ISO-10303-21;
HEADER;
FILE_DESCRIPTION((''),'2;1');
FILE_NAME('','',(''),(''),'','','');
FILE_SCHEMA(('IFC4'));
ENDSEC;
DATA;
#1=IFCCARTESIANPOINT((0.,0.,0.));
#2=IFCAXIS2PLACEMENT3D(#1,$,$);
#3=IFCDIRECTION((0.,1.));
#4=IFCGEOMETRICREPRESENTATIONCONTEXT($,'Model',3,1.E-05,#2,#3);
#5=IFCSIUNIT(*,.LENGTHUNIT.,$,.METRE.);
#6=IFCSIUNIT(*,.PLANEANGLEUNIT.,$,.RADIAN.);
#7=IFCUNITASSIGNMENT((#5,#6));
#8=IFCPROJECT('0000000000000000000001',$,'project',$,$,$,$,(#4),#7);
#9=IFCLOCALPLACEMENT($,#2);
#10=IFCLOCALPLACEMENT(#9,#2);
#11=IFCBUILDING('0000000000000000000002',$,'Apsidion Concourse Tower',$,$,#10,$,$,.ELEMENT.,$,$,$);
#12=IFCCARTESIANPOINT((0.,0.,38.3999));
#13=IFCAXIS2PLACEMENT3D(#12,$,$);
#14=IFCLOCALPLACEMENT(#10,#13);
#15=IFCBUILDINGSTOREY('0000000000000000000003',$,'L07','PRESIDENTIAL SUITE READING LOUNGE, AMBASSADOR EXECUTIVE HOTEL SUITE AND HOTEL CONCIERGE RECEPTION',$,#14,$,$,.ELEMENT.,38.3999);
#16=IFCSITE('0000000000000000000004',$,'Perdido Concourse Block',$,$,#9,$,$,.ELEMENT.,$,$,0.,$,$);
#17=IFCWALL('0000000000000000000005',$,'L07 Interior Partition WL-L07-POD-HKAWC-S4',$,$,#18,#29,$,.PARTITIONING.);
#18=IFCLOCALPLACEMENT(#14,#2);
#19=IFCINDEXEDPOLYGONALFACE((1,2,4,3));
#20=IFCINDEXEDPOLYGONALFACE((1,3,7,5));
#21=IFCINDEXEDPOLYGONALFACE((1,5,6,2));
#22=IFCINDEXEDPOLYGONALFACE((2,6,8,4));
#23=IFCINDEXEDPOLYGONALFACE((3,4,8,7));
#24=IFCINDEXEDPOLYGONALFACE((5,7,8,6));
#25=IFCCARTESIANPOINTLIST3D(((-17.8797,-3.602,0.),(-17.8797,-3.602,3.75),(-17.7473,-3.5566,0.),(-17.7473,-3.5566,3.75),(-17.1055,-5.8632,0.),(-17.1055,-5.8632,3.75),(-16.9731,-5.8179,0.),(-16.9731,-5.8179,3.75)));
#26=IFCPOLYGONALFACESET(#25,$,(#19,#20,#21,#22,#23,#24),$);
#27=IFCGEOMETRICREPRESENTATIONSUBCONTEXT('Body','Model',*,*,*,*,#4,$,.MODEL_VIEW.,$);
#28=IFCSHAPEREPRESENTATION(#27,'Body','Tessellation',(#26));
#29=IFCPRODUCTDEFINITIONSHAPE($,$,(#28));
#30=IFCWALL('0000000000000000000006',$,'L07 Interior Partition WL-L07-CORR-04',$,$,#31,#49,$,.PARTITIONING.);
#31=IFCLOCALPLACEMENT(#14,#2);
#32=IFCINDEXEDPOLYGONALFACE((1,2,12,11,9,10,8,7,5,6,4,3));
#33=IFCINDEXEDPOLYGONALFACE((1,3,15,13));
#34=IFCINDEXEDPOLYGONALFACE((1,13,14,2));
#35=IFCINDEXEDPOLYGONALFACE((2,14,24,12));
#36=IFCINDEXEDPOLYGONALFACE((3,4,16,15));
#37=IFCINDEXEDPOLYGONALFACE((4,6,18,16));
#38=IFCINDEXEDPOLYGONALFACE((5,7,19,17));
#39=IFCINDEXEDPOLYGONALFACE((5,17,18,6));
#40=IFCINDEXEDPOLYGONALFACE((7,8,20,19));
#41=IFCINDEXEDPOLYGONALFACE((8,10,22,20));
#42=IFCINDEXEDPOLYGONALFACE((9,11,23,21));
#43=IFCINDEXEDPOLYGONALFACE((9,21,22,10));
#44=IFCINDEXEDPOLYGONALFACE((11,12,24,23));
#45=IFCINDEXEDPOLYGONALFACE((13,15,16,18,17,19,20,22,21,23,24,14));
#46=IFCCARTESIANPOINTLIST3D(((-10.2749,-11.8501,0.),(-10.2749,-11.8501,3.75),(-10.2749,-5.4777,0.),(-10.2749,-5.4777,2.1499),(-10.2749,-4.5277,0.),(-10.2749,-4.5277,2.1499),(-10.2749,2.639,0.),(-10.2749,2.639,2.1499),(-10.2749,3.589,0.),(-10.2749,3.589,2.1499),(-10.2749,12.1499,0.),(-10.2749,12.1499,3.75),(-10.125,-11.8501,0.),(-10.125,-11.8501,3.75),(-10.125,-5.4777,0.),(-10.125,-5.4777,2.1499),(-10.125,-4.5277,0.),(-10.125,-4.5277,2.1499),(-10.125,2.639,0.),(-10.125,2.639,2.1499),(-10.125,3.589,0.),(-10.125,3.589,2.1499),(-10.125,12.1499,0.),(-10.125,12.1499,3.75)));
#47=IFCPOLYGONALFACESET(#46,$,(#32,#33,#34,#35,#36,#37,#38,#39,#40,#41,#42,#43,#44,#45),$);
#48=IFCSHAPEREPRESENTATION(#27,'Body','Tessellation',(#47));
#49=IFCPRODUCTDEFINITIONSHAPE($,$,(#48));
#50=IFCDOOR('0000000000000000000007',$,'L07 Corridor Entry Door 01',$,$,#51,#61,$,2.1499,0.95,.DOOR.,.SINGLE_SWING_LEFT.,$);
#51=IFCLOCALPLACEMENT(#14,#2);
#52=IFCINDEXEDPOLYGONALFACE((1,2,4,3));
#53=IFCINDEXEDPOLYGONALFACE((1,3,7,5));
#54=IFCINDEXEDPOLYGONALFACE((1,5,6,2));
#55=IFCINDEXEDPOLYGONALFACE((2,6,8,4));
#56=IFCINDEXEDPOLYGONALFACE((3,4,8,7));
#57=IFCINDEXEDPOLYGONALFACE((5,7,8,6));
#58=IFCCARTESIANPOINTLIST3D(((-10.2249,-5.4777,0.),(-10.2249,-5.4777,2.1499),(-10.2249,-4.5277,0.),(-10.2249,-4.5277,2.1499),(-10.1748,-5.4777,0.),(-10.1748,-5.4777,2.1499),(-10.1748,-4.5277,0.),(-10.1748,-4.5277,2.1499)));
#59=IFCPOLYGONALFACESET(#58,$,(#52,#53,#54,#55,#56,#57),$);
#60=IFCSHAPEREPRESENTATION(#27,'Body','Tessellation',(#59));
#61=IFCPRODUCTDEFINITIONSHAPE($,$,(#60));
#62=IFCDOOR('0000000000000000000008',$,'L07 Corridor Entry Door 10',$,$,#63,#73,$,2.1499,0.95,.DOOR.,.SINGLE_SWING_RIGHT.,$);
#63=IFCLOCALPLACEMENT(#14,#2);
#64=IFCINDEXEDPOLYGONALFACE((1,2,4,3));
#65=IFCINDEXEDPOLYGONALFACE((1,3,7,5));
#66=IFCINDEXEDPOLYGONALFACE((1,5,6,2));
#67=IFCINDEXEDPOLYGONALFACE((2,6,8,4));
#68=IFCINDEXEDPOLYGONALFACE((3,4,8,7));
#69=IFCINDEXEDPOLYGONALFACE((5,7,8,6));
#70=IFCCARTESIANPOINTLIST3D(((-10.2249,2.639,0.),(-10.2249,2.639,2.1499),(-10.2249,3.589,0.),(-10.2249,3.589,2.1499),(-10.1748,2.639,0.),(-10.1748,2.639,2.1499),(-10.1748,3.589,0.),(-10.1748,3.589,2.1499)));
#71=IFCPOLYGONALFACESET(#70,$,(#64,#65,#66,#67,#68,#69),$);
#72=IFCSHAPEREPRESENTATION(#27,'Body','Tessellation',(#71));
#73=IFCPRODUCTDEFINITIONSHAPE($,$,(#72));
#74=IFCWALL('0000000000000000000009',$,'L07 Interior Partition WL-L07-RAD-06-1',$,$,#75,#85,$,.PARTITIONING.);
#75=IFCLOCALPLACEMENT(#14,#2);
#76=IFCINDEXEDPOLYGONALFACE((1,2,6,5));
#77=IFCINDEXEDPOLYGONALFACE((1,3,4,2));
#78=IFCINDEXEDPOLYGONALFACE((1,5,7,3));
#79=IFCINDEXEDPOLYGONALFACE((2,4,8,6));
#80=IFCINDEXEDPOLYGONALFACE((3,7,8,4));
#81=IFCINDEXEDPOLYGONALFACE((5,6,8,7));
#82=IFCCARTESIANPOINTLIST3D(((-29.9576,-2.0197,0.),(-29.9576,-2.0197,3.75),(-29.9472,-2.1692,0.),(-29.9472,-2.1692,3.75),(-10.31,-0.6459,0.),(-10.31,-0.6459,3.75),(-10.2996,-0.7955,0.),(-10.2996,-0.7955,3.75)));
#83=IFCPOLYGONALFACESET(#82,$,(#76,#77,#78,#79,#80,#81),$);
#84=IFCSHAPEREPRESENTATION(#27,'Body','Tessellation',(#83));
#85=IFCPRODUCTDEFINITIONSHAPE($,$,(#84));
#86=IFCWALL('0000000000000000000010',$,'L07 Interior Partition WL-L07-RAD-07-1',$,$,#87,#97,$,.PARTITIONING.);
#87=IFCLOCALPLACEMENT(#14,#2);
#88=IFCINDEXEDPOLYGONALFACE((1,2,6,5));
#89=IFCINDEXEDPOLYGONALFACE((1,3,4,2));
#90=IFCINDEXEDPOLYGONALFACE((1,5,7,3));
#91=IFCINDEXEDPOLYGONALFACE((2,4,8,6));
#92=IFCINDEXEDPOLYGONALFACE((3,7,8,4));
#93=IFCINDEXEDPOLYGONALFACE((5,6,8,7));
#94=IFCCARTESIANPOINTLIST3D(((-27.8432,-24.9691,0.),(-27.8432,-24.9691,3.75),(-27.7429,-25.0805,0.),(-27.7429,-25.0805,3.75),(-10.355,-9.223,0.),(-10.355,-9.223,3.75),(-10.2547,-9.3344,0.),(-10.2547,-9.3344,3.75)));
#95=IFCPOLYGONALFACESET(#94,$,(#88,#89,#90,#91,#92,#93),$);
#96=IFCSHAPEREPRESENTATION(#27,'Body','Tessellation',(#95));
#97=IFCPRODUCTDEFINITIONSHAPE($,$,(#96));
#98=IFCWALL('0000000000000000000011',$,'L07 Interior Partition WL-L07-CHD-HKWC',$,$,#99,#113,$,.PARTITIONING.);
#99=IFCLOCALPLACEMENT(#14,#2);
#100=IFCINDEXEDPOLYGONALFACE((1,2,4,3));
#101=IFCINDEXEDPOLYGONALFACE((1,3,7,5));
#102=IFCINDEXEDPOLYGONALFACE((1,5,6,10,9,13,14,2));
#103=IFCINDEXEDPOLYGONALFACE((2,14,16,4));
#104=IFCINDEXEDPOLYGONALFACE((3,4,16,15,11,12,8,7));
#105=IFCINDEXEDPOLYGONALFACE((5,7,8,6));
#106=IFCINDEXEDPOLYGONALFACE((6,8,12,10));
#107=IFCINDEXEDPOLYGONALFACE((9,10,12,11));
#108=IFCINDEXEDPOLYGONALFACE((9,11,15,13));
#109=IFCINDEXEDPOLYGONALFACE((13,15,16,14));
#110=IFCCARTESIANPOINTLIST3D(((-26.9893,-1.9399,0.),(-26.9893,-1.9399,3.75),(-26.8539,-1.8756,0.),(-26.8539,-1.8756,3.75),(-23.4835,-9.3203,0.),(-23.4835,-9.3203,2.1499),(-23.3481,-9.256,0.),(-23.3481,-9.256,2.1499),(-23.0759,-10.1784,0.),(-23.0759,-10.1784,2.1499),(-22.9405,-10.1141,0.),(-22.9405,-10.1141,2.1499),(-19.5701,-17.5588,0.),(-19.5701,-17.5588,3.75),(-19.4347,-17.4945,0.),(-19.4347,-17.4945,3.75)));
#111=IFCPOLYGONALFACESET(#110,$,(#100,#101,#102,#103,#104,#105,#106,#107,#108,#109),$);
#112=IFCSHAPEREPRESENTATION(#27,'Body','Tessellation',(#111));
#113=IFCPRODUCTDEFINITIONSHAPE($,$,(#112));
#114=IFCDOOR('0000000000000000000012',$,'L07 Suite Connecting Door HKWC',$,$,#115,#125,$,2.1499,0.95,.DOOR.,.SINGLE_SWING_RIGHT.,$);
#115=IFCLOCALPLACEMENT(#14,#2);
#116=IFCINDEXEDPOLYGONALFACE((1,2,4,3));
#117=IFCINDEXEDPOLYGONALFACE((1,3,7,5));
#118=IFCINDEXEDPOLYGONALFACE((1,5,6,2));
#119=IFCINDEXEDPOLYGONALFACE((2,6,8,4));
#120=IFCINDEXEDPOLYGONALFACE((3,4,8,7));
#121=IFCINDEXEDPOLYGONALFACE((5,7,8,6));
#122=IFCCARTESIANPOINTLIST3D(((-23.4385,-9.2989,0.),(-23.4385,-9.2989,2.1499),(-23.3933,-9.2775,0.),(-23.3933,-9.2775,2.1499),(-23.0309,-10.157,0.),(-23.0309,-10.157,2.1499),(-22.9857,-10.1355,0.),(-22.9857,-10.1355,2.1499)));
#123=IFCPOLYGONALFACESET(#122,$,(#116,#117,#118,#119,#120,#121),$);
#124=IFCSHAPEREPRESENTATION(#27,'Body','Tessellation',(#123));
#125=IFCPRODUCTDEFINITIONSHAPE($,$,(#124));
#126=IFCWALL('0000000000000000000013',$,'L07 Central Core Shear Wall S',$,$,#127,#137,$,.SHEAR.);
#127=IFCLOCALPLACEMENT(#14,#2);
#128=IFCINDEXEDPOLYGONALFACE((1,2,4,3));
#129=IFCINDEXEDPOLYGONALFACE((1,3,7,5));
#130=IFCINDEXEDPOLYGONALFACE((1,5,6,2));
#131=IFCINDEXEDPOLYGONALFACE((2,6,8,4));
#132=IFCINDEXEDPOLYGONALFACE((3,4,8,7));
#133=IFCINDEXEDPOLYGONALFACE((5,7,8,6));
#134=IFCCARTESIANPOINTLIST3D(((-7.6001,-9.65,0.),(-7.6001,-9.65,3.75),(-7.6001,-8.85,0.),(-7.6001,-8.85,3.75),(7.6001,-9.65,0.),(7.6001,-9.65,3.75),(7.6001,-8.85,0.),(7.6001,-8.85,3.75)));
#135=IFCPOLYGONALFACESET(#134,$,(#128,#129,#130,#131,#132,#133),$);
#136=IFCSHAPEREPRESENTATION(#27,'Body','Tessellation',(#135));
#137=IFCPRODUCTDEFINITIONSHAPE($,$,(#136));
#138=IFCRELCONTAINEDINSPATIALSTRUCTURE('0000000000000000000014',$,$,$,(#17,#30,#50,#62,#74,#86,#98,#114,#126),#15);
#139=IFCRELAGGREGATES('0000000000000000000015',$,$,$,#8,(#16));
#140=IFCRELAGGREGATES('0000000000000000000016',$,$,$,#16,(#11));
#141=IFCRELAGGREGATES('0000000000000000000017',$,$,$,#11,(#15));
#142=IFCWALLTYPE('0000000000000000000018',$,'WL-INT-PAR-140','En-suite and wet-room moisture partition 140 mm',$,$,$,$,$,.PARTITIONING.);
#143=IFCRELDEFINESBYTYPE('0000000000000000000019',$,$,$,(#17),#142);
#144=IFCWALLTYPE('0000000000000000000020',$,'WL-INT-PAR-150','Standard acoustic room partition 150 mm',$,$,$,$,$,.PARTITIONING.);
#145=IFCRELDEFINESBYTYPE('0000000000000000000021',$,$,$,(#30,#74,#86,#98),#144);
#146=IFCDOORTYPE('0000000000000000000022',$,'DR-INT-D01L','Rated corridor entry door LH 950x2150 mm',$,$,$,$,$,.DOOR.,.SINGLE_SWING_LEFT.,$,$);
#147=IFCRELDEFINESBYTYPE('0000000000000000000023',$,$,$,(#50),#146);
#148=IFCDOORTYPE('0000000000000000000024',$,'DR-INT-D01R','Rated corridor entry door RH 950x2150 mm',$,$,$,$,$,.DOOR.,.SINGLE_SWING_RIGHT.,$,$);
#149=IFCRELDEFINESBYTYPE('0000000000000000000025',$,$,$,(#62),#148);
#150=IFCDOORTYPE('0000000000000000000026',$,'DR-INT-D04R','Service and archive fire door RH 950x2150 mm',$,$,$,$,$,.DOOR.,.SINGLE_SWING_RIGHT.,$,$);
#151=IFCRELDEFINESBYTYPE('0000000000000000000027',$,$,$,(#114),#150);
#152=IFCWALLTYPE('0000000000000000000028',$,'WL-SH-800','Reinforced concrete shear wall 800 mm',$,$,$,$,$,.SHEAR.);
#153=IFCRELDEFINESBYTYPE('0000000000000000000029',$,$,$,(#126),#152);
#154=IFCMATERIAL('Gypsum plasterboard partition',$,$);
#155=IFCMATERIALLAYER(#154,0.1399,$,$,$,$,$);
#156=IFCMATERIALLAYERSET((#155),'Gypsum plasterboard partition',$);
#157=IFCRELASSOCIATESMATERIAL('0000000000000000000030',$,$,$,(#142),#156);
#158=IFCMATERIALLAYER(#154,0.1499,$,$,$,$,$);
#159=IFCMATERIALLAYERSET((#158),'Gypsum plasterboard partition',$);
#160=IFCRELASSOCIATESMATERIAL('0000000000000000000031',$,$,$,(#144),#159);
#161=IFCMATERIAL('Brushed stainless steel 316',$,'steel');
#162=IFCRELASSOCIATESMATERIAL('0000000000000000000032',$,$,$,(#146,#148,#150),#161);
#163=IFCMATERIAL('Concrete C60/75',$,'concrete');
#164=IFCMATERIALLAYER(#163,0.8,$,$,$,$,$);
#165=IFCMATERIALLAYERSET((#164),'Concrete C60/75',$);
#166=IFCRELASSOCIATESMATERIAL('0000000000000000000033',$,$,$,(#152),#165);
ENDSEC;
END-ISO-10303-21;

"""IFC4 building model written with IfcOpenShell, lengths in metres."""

from ifc_helpers import new_model, si_unit, direction, frame, frame_2d, origin, place, context, subcontext, project, spatial, rectangle, extrude, material, layer, layer_set, type_object, element, fill, save


model = new_model("IFC4")

# Units and contexts
model_context = context("Model", 3, precision=1e-05, world=origin(), true_north=direction((0.0, 1.0)))
body_context = subcontext(model_context, "Body", "Model", "MODEL_VIEW")
ifc_project = project(units=[si_unit("LENGTHUNIT", "METRE"), si_unit("PLANEANGLEUNIT", "RADIAN")], contexts=[model_context])

# Site, building, storey
site_placement = place(None, origin())
site = spatial("IfcSite", under=ifc_project, at=site_placement, Name="Perdido Concourse Block", CompositionType="ELEMENT", RefElevation=0.0)
building_placement = place(site_placement, origin())
building = spatial("IfcBuilding", under=site, at=building_placement, Name="Apsidion Concourse Tower", CompositionType="ELEMENT")
storey_placement = place(building_placement, frame((0.0, 0.0, 38.3999)))
storey = spatial("IfcBuildingStorey", under=building, at=storey_placement, Name="L07", Description="PRESIDENTIAL SUITE READING LOUNGE, AMBASSADOR EXECUTIVE HOTEL SUITE AND HOTEL CONCIERGE RECEPTION", CompositionType="ELEMENT", Elevation=38.3999)

# Shared definitions
ifc_material_1 = material(Name="Gypsum plasterboard partition")
ifc_layer_1 = layer(ifc_material_1, 0.1399)
ifc_layer_set_1 = layer_set([ifc_layer_1], Name="Gypsum plasterboard partition")
wall_type_1 = type_object("IfcWallType", Name="WL-INT-PAR-140", Description="En-suite and wet-room moisture partition 140 mm", PredefinedType="PARTITIONING", material=ifc_layer_set_1)

# Wall
wall_1_placement = place(storey_placement, frame((-17.0393, -5.8406, 0.0), z_axis=(0.0, 0.0, 1.0), x_axis=(-0.323909, 0.946088, 0.0)))
element("IfcWall", 1, at=wall_1_placement, inside=storey, type_object=wall_type_1, Name="L07 Interior Partition WL-L07-POD-HKAWC-S4", PredefinedType="PARTITIONING", context=body_context, shape_type="SweptSolid", body=[
    extrude(rectangle(XDim=2.3901, YDim=0.1399, at=frame_2d((1.1951, 0.0))), origin(), (0.0, 0.0, 1.0), 3.75),
])

# Wall, openings, doors
ifc_layer_2 = layer(ifc_material_1, 0.1499)
ifc_layer_set_2 = layer_set([ifc_layer_2], Name="Gypsum plasterboard partition")
wall_type_2 = type_object("IfcWallType", Name="WL-INT-PAR-150", Description="Standard acoustic room partition 150 mm", PredefinedType="PARTITIONING", material=ifc_layer_set_2)
wall_2_placement = place(storey_placement, frame((-10.2, -11.8501, 0.0), z_axis=(0.0, 0.0, 1.0), x_axis=(0.0, 1.0, 0.0)))
wall_2 = element("IfcWall", 2, at=wall_2_placement, inside=storey, type_object=wall_type_2, Name="L07 Interior Partition WL-L07-CORR-04", PredefinedType="PARTITIONING", context=body_context, shape_type="SweptSolid", body=[
    extrude(rectangle(XDim=24.0, YDim=0.1499, at=frame_2d((12.0, 0.0))), origin(), (0.0, 0.0, 1.0), 3.75),
])
opening_1_placement = place(wall_2_placement, frame((6.3723, 0.0, 0.0)))
opening_1 = element("IfcOpeningElement", 3, at=opening_1_placement, cuts=wall_2, PredefinedType="OPENING", context=body_context, shape_type="SweptSolid", body=[
    extrude(rectangle(XDim=0.95, YDim=2.1499, at=frame_2d((0.4751, 1.075))), frame((0.0, 0.085, 0.0), z_axis=(0.0, -1.0, 0.0), x_axis=(1.0, 0.0, 0.0)), (0.0, 0.0, 1.0), 0.1699),
])
opening_2_placement = place(wall_2_placement, frame((14.489, 0.0, 0.0)))
opening_2 = element("IfcOpeningElement", 4, at=opening_2_placement, cuts=wall_2, PredefinedType="OPENING", context=body_context, shape_type="SweptSolid", body=[
    extrude(rectangle(XDim=0.95, YDim=2.1499, at=frame_2d((0.4751, 1.075))), frame((0.0, 0.085, 0.0), z_axis=(0.0, -1.0, 0.0), x_axis=(1.0, 0.0, 0.0)), (0.0, 0.0, 1.0), 0.1699),
])
ifc_material_2 = material(Name="Brushed stainless steel 316", Category="steel")
door_type_1 = type_object("IfcDoorType", Name="DR-INT-D01L", Description="Rated corridor entry door LH 950x2150 mm", OperationType="SINGLE_SWING_LEFT", PredefinedType="DOOR", material=ifc_material_2)
door_1_placement = place(opening_1_placement, origin())
door_1 = element("IfcDoor", 5, at=door_1_placement, inside=storey, type_object=door_type_1, Name="L07 Corridor Entry Door 01", OperationType="SINGLE_SWING_LEFT", OverallHeight=2.1499, OverallWidth=0.95, PredefinedType="DOOR", context=body_context, shape_type="SweptSolid", body=[
    extrude(rectangle(XDim=0.95, YDim=2.1499, at=frame_2d((0.4751, 1.075))), frame((0.0, 0.0249, 0.0), z_axis=(0.0, -1.0, 0.0), x_axis=(1.0, 0.0, 0.0)), (0.0, 0.0, 1.0), 0.05),
])
fill(opening_1, door_1)
door_type_2 = type_object("IfcDoorType", Name="DR-INT-D01R", Description="Rated corridor entry door RH 950x2150 mm", OperationType="SINGLE_SWING_RIGHT", PredefinedType="DOOR", material=ifc_material_2)
door_2_placement = place(opening_2_placement, origin())
door_2 = element("IfcDoor", 6, at=door_2_placement, inside=storey, type_object=door_type_2, Name="L07 Corridor Entry Door 10", OperationType="SINGLE_SWING_RIGHT", OverallHeight=2.1499, OverallWidth=0.95, PredefinedType="DOOR", context=body_context, shape_type="SweptSolid", body=[
    extrude(rectangle(XDim=0.95, YDim=2.1499, at=frame_2d((0.4751, 1.075))), frame((0.0, 0.0249, 0.0), z_axis=(0.0, -1.0, 0.0), x_axis=(1.0, 0.0, 0.0)), (0.0, 0.0, 1.0), 0.05),
])
fill(opening_2, door_2)

# Walls
wall_3_placement = place(storey_placement, frame((-10.3049, -0.7207, 0.0), z_axis=(0.0, 0.0, 1.0), x_axis=(-0.997564, -0.06975, 0.0)))
element("IfcWall", 7, at=wall_3_placement, inside=storey, type_object=wall_type_2, Name="L07 Interior Partition WL-L07-RAD-06-1", PredefinedType="PARTITIONING", context=body_context, shape_type="SweptSolid", body=[
    extrude(rectangle(XDim=19.6956, YDim=0.1499, at=frame_2d((9.8477, 0.0))), origin(), (0.0, 0.0, 1.0), 3.75),
])
wall_4_placement = place(storey_placement, frame((-10.3049, -9.2788, 0.0), z_axis=(0.0, 0.0, 1.0), x_axis=(-0.743154, -0.669121, 0.0)))
element("IfcWall", 8, at=wall_4_placement, inside=storey, type_object=wall_type_2, Name="L07 Interior Partition WL-L07-RAD-07-1", PredefinedType="PARTITIONING", context=body_context, shape_type="SweptSolid", body=[
    extrude(rectangle(XDim=23.5325, YDim=0.1499, at=frame_2d((11.7661, 0.0))), origin(), (0.0, 0.0, 1.0), 3.75),
])

# Wall, opening, door
wall_5_placement = place(storey_placement, frame((-26.9216, -1.9077, 0.0), z_axis=(0.0, 0.0, 1.0), x_axis=(0.429067, -0.903273, 0.0)))
wall_5 = element("IfcWall", 9, at=wall_5_placement, inside=storey, type_object=wall_type_2, Name="L07 Interior Partition WL-L07-CHD-HKWC", PredefinedType="PARTITIONING", context=body_context, shape_type="SweptSolid", body=[
    extrude(rectangle(XDim=17.2915, YDim=0.1499, at=frame_2d((8.6458, 0.0))), origin(), (0.0, 0.0, 1.0), 3.75),
])
opening_3_placement = place(wall_5_placement, frame((8.1707, 0.0, 0.0)))
opening_3 = element("IfcOpeningElement", 10, at=opening_3_placement, cuts=wall_5, PredefinedType="OPENING", context=body_context, shape_type="SweptSolid", body=[
    extrude(rectangle(XDim=0.95, YDim=2.1499, at=frame_2d((0.4751, 1.075))), frame((0.0, 0.085, 0.0), z_axis=(0.0, -1.0, 0.0), x_axis=(1.0, 0.0, 0.0)), (0.0, 0.0, 1.0), 0.1699),
])
door_type_3 = type_object("IfcDoorType", Name="DR-INT-D04R", Description="Service and archive fire door RH 950x2150 mm", OperationType="SINGLE_SWING_RIGHT", PredefinedType="DOOR", material=ifc_material_2)
door_3_placement = place(opening_3_placement, origin())
door_3 = element("IfcDoor", 11, at=door_3_placement, inside=storey, type_object=door_type_3, Name="L07 Suite Connecting Door HKWC", OperationType="SINGLE_SWING_RIGHT", OverallHeight=2.1499, OverallWidth=0.95, PredefinedType="DOOR", context=body_context, shape_type="SweptSolid", body=[
    extrude(rectangle(XDim=0.95, YDim=2.1499, at=frame_2d((0.4751, 1.075))), frame((0.0, 0.0249, 0.0), z_axis=(0.0, -1.0, 0.0), x_axis=(1.0, 0.0, 0.0)), (0.0, 0.0, 1.0), 0.05),
])
fill(opening_3, door_3)

# Wall
ifc_material_3 = material(Name="Concrete C60/75", Category="concrete")
ifc_layer_3 = layer(ifc_material_3, 0.8)
ifc_layer_set_3 = layer_set([ifc_layer_3], Name="Concrete C60/75")
wall_type_3 = type_object("IfcWallType", Name="WL-SH-800", Description="Reinforced concrete shear wall 800 mm", PredefinedType="SHEAR", material=ifc_layer_set_3)
wall_6_placement = place(storey_placement, frame((-7.6001, -9.25, 0.0), z_axis=(0.0, 0.0, 1.0), x_axis=(1.0, 0.0, 0.0)))
element("IfcWall", 12, at=wall_6_placement, inside=storey, type_object=wall_type_3, Name="L07 Central Core Shear Wall S", PredefinedType="SHEAR", context=body_context, shape_type="SweptSolid", body=[
    extrude(rectangle(XDim=15.2002, YDim=0.8, at=frame_2d((7.6001, 0.0))), origin(), (0.0, 0.0, 1.0), 3.75),
])

save(model, "model.ifc")
